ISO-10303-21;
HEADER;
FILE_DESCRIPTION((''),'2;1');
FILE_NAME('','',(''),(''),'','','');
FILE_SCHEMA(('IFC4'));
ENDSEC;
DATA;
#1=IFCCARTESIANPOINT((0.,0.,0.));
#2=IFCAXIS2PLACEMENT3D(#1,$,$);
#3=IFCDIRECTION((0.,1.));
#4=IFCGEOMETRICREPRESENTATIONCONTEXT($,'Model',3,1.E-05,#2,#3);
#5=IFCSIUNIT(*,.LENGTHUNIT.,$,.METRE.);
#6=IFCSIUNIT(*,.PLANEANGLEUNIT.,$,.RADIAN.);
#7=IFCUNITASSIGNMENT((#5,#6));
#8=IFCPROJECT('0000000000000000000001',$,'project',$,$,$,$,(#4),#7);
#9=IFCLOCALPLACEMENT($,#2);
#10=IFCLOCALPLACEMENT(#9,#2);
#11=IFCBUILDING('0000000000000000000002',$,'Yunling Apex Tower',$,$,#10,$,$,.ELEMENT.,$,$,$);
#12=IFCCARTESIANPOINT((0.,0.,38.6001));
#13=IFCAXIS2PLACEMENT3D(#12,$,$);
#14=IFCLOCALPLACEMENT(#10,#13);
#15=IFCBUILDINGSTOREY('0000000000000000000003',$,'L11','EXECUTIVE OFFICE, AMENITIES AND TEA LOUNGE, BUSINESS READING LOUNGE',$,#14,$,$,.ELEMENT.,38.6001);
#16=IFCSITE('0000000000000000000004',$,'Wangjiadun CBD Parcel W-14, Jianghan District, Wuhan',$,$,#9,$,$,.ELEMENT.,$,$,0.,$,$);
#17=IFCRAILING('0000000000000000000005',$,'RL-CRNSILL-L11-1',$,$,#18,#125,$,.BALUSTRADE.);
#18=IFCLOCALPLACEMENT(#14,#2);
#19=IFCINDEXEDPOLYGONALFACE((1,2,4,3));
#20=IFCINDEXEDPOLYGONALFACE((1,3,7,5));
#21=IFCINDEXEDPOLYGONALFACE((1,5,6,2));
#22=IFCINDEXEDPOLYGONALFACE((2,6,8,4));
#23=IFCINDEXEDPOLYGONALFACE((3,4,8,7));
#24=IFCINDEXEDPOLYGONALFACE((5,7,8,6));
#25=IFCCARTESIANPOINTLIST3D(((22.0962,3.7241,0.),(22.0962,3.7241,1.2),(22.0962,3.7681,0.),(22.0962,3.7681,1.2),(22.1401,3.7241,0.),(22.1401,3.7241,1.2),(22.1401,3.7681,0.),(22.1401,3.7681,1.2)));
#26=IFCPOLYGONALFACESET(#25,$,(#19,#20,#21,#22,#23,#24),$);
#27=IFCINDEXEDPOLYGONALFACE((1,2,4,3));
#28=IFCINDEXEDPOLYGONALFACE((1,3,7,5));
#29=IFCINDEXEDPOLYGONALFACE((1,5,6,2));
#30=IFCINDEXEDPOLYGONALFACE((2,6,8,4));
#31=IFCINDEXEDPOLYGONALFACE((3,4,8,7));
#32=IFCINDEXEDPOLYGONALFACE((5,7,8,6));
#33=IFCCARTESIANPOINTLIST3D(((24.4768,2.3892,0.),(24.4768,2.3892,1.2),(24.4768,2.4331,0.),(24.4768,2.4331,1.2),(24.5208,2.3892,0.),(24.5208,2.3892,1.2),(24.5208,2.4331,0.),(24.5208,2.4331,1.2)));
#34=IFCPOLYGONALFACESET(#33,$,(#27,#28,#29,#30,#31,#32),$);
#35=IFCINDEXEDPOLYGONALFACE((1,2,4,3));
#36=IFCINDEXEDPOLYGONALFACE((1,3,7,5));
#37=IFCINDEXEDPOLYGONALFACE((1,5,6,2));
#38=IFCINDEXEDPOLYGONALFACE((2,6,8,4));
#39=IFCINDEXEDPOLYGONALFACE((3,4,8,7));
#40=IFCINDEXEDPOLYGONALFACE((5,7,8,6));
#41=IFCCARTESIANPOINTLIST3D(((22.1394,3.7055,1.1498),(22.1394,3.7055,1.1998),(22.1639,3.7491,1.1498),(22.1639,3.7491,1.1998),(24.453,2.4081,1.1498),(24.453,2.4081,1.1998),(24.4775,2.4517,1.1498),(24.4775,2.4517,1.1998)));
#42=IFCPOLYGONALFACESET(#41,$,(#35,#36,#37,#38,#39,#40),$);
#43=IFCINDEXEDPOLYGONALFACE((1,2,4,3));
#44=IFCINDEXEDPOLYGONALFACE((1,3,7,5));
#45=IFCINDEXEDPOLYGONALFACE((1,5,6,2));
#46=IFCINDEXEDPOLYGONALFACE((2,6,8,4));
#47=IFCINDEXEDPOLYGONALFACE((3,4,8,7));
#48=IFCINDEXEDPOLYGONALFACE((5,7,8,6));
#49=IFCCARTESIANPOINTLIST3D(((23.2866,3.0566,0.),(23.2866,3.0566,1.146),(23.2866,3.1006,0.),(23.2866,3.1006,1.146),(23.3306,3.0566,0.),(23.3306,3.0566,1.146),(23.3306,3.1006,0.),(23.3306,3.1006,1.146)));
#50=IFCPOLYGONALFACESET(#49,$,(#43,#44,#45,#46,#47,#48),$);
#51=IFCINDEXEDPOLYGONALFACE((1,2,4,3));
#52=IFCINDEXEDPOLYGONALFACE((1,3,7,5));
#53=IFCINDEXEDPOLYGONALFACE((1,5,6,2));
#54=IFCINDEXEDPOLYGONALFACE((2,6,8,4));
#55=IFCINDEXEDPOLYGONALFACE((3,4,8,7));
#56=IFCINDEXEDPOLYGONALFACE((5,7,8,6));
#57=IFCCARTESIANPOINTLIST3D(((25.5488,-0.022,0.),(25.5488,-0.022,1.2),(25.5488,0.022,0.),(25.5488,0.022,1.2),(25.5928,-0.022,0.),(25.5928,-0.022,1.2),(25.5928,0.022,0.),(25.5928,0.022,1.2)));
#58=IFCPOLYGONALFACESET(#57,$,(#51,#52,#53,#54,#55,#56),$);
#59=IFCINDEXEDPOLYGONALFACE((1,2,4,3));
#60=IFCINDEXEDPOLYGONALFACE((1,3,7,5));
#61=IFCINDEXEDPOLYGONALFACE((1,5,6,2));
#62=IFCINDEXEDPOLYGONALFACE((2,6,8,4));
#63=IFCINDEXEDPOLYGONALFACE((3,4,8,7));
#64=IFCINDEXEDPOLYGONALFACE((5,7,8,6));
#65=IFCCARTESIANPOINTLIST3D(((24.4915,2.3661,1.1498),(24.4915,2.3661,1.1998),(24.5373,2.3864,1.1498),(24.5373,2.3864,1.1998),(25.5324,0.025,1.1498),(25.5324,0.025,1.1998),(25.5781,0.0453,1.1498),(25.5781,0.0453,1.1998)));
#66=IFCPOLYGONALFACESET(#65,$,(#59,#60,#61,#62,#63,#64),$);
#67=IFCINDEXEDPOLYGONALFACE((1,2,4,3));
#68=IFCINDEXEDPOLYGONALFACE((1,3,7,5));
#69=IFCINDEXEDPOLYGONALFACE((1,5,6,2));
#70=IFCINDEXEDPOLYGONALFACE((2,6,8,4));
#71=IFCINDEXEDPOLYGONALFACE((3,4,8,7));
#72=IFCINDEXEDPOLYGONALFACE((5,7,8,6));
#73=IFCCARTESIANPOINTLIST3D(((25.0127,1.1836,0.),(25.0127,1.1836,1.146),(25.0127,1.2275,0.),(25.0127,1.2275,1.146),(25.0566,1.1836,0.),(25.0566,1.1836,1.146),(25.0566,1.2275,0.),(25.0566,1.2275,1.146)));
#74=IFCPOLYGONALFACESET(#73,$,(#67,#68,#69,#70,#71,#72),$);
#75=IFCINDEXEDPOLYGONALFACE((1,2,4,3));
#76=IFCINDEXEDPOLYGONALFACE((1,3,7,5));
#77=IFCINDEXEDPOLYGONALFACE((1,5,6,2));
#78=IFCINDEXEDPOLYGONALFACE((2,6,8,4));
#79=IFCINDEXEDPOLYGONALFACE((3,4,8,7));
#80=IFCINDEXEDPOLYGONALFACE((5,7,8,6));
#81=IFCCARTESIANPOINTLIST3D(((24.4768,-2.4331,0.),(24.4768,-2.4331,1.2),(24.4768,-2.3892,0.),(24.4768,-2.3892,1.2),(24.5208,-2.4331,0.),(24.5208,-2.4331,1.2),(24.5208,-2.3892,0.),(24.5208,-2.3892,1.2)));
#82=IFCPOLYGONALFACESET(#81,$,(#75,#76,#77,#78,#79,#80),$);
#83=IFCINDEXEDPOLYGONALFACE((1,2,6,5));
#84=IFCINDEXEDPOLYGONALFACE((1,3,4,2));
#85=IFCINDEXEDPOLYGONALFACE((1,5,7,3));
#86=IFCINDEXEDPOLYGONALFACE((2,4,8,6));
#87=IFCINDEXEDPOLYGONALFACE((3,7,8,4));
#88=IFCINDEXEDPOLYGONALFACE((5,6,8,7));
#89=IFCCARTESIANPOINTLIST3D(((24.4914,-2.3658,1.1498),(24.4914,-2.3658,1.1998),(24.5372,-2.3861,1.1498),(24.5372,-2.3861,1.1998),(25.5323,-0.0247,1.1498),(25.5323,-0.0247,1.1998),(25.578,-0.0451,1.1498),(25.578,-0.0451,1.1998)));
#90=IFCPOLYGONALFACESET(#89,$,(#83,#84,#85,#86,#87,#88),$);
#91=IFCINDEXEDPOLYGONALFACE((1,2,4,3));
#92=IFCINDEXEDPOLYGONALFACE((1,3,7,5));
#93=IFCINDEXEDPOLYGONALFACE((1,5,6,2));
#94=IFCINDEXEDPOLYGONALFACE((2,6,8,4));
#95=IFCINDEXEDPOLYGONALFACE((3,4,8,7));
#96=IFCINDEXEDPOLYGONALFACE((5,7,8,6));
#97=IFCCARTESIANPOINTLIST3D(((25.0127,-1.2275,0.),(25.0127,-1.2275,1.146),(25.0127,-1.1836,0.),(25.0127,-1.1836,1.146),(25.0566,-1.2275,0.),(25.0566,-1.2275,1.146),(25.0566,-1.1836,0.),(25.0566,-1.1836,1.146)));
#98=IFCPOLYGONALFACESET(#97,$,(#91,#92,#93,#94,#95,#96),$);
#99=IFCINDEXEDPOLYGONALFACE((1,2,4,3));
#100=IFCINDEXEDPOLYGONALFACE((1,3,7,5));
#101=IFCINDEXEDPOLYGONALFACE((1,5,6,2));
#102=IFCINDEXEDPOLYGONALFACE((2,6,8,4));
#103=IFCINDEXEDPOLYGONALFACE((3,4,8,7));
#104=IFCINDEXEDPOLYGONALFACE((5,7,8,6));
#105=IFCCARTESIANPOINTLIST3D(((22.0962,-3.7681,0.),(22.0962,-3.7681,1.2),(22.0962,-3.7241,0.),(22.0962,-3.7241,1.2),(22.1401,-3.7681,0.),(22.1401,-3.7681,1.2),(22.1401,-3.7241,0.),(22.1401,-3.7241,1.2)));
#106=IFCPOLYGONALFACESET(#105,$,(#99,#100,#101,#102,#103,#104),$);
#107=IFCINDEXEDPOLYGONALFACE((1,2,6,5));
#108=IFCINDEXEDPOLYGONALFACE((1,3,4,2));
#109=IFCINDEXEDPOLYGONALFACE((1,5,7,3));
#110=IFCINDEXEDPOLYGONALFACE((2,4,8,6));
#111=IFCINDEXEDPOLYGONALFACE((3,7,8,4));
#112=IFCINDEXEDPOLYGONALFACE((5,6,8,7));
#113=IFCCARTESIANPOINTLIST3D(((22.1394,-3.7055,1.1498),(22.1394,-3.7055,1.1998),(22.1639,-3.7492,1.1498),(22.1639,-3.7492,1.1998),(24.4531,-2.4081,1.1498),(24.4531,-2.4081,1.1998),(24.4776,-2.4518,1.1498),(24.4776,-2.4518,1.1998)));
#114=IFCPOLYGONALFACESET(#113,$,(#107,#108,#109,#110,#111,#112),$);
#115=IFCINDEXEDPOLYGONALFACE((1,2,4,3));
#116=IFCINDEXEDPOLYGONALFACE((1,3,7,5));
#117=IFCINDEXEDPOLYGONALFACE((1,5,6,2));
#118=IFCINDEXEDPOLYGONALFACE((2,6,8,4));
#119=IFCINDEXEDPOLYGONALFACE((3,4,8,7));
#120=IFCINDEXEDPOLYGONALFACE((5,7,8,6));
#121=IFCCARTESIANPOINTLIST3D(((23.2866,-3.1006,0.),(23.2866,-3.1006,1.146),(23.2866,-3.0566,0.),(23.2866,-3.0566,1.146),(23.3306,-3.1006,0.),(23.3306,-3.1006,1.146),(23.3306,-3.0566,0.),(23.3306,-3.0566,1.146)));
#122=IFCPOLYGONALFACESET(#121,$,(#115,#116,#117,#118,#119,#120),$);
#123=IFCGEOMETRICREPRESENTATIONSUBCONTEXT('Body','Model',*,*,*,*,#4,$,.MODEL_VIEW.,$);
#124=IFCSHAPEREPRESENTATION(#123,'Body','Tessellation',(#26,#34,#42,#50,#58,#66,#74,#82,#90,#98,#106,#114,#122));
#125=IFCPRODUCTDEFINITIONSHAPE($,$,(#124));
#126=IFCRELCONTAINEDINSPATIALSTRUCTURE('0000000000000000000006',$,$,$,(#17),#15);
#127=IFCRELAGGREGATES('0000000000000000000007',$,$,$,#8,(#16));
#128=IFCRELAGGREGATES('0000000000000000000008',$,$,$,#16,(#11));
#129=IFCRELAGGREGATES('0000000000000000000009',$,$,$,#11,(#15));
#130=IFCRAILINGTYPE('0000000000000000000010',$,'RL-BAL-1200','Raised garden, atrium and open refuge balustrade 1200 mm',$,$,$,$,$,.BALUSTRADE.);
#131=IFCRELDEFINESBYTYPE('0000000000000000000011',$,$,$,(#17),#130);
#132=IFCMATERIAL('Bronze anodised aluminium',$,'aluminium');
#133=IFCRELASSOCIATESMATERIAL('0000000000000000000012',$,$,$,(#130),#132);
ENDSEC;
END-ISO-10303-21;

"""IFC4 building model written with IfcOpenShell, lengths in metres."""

from ifc_helpers import new_model, si_unit, direction, frame, origin, origin_2d, place, context, subcontext, project, spatial, rectangle, extrude, material, type_object, element, save


model = new_model("IFC4")

# Units and contexts
model_context = context("Model", 3, precision=1e-05, world=origin(), true_north=direction((0.0, 1.0)))
body_context = subcontext(model_context, "Body", "Model", "MODEL_VIEW")
ifc_project = project(units=[si_unit("LENGTHUNIT", "METRE"), si_unit("PLANEANGLEUNIT", "RADIAN")], contexts=[model_context])

# Site, building, storey
site_placement = place(None, origin())
site = spatial("IfcSite", under=ifc_project, at=site_placement, Name="Wangjiadun CBD Parcel W-14, Jianghan District, Wuhan", CompositionType="ELEMENT", RefElevation=0.0)
building_placement = place(site_placement, origin())
building = spatial("IfcBuilding", under=site, at=building_placement, Name="Yunling Apex Tower", CompositionType="ELEMENT")
storey_placement = place(building_placement, frame((0.0, 0.0, 38.6001)))
storey = spatial("IfcBuildingStorey", under=building, at=storey_placement, Name="L11", Description="EXECUTIVE OFFICE, AMENITIES AND TEA LOUNGE, BUSINESS READING LOUNGE", CompositionType="ELEMENT", Elevation=38.6001)

# Shared definitions
ifc_material_1 = material(Name="Bronze anodised aluminium", Category="aluminium")

# Railing
railing_type = type_object("IfcRailingType", Name="RL-BAL-1200", Description="Raised garden, atrium and open refuge balustrade 1200 mm", PredefinedType="BALUSTRADE", material=ifc_material_1)
railing_placement = place(storey_placement, frame((22.1182, 3.7461, 0.0)))
element("IfcRailing", 1, at=railing_placement, inside=storey, type_object=railing_type, Name="RL-CRNSILL-L11-1", PredefinedType="BALUSTRADE", context=body_context, shape_type="SweptSolid", body=[
    extrude(rectangle(XDim=0.0439, YDim=0.0439, at=origin_2d()), origin(), (0.0, 0.0, 1.0), 1.2),
    extrude(rectangle(XDim=0.0439, YDim=0.0439, at=origin_2d()), frame((2.3806, -1.335, 0.0)), (0.0, 0.0, 1.0), 1.2),
    extrude(rectangle(XDim=0.05, YDim=0.05, at=origin_2d()), frame((0.0334, -0.0188, 1.1748), z_axis=(0.872222, -0.48911, 0.0), x_axis=(0.48911, 0.872222, 0.0)), (0.0, 0.0, 1.0), 2.6526),
    extrude(rectangle(XDim=0.0439, YDim=0.0439, at=origin_2d()), frame((1.1904, -0.6675, 0.0)), (0.0, 0.0, 1.0), 1.146),
    extrude(rectangle(XDim=0.0439, YDim=0.0439, at=origin_2d()), frame((3.4526, -3.7461, 0.0)), (0.0, 0.0, 1.0), 1.2),
    extrude(rectangle(XDim=0.05, YDim=0.05, at=origin_2d()), frame((2.3962, -1.3699, 1.1748), z_axis=(0.406267, -0.913754, 0.0), x_axis=(0.913754, 0.406267, 0.0)), (0.0, 0.0, 1.0), 2.562),
    extrude(rectangle(XDim=0.0439, YDim=0.0439, at=origin_2d()), frame((2.9165, -2.5405, 0.0)), (0.0, 0.0, 1.0), 1.146),
    extrude(rectangle(XDim=0.0439, YDim=0.0439, at=origin_2d()), frame((2.3806, -6.1572, 0.0)), (0.0, 0.0, 1.0), 1.2),
    extrude(rectangle(XDim=0.05, YDim=0.05, at=origin_2d()), frame((3.437, -3.781, 1.1748), z_axis=(-0.406267, -0.913754, 0.0), x_axis=(0.913754, -0.406267, 0.0)), (0.0, 0.0, 1.0), 2.562),
    extrude(rectangle(XDim=0.0439, YDim=0.0439, at=origin_2d()), frame((2.9165, -4.9517, 0.0)), (0.0, 0.0, 1.0), 1.146),
    extrude(rectangle(XDim=0.0439, YDim=0.0439, at=origin_2d()), frame((0.0, -7.4922, 0.0)), (0.0, 0.0, 1.0), 1.2),
    extrude(rectangle(XDim=0.05, YDim=0.05, at=origin_2d()), frame((2.3472, -6.176, 1.1748), z_axis=(-0.872222, -0.48911, 0.0), x_axis=(0.48911, -0.872222, 0.0)), (0.0, 0.0, 1.0), 2.6526),
    extrude(rectangle(XDim=0.0439, YDim=0.0439, at=origin_2d()), frame((1.1904, -6.8247, 0.0)), (0.0, 0.0, 1.0), 1.146),
])

save(model, "model.ifc")
